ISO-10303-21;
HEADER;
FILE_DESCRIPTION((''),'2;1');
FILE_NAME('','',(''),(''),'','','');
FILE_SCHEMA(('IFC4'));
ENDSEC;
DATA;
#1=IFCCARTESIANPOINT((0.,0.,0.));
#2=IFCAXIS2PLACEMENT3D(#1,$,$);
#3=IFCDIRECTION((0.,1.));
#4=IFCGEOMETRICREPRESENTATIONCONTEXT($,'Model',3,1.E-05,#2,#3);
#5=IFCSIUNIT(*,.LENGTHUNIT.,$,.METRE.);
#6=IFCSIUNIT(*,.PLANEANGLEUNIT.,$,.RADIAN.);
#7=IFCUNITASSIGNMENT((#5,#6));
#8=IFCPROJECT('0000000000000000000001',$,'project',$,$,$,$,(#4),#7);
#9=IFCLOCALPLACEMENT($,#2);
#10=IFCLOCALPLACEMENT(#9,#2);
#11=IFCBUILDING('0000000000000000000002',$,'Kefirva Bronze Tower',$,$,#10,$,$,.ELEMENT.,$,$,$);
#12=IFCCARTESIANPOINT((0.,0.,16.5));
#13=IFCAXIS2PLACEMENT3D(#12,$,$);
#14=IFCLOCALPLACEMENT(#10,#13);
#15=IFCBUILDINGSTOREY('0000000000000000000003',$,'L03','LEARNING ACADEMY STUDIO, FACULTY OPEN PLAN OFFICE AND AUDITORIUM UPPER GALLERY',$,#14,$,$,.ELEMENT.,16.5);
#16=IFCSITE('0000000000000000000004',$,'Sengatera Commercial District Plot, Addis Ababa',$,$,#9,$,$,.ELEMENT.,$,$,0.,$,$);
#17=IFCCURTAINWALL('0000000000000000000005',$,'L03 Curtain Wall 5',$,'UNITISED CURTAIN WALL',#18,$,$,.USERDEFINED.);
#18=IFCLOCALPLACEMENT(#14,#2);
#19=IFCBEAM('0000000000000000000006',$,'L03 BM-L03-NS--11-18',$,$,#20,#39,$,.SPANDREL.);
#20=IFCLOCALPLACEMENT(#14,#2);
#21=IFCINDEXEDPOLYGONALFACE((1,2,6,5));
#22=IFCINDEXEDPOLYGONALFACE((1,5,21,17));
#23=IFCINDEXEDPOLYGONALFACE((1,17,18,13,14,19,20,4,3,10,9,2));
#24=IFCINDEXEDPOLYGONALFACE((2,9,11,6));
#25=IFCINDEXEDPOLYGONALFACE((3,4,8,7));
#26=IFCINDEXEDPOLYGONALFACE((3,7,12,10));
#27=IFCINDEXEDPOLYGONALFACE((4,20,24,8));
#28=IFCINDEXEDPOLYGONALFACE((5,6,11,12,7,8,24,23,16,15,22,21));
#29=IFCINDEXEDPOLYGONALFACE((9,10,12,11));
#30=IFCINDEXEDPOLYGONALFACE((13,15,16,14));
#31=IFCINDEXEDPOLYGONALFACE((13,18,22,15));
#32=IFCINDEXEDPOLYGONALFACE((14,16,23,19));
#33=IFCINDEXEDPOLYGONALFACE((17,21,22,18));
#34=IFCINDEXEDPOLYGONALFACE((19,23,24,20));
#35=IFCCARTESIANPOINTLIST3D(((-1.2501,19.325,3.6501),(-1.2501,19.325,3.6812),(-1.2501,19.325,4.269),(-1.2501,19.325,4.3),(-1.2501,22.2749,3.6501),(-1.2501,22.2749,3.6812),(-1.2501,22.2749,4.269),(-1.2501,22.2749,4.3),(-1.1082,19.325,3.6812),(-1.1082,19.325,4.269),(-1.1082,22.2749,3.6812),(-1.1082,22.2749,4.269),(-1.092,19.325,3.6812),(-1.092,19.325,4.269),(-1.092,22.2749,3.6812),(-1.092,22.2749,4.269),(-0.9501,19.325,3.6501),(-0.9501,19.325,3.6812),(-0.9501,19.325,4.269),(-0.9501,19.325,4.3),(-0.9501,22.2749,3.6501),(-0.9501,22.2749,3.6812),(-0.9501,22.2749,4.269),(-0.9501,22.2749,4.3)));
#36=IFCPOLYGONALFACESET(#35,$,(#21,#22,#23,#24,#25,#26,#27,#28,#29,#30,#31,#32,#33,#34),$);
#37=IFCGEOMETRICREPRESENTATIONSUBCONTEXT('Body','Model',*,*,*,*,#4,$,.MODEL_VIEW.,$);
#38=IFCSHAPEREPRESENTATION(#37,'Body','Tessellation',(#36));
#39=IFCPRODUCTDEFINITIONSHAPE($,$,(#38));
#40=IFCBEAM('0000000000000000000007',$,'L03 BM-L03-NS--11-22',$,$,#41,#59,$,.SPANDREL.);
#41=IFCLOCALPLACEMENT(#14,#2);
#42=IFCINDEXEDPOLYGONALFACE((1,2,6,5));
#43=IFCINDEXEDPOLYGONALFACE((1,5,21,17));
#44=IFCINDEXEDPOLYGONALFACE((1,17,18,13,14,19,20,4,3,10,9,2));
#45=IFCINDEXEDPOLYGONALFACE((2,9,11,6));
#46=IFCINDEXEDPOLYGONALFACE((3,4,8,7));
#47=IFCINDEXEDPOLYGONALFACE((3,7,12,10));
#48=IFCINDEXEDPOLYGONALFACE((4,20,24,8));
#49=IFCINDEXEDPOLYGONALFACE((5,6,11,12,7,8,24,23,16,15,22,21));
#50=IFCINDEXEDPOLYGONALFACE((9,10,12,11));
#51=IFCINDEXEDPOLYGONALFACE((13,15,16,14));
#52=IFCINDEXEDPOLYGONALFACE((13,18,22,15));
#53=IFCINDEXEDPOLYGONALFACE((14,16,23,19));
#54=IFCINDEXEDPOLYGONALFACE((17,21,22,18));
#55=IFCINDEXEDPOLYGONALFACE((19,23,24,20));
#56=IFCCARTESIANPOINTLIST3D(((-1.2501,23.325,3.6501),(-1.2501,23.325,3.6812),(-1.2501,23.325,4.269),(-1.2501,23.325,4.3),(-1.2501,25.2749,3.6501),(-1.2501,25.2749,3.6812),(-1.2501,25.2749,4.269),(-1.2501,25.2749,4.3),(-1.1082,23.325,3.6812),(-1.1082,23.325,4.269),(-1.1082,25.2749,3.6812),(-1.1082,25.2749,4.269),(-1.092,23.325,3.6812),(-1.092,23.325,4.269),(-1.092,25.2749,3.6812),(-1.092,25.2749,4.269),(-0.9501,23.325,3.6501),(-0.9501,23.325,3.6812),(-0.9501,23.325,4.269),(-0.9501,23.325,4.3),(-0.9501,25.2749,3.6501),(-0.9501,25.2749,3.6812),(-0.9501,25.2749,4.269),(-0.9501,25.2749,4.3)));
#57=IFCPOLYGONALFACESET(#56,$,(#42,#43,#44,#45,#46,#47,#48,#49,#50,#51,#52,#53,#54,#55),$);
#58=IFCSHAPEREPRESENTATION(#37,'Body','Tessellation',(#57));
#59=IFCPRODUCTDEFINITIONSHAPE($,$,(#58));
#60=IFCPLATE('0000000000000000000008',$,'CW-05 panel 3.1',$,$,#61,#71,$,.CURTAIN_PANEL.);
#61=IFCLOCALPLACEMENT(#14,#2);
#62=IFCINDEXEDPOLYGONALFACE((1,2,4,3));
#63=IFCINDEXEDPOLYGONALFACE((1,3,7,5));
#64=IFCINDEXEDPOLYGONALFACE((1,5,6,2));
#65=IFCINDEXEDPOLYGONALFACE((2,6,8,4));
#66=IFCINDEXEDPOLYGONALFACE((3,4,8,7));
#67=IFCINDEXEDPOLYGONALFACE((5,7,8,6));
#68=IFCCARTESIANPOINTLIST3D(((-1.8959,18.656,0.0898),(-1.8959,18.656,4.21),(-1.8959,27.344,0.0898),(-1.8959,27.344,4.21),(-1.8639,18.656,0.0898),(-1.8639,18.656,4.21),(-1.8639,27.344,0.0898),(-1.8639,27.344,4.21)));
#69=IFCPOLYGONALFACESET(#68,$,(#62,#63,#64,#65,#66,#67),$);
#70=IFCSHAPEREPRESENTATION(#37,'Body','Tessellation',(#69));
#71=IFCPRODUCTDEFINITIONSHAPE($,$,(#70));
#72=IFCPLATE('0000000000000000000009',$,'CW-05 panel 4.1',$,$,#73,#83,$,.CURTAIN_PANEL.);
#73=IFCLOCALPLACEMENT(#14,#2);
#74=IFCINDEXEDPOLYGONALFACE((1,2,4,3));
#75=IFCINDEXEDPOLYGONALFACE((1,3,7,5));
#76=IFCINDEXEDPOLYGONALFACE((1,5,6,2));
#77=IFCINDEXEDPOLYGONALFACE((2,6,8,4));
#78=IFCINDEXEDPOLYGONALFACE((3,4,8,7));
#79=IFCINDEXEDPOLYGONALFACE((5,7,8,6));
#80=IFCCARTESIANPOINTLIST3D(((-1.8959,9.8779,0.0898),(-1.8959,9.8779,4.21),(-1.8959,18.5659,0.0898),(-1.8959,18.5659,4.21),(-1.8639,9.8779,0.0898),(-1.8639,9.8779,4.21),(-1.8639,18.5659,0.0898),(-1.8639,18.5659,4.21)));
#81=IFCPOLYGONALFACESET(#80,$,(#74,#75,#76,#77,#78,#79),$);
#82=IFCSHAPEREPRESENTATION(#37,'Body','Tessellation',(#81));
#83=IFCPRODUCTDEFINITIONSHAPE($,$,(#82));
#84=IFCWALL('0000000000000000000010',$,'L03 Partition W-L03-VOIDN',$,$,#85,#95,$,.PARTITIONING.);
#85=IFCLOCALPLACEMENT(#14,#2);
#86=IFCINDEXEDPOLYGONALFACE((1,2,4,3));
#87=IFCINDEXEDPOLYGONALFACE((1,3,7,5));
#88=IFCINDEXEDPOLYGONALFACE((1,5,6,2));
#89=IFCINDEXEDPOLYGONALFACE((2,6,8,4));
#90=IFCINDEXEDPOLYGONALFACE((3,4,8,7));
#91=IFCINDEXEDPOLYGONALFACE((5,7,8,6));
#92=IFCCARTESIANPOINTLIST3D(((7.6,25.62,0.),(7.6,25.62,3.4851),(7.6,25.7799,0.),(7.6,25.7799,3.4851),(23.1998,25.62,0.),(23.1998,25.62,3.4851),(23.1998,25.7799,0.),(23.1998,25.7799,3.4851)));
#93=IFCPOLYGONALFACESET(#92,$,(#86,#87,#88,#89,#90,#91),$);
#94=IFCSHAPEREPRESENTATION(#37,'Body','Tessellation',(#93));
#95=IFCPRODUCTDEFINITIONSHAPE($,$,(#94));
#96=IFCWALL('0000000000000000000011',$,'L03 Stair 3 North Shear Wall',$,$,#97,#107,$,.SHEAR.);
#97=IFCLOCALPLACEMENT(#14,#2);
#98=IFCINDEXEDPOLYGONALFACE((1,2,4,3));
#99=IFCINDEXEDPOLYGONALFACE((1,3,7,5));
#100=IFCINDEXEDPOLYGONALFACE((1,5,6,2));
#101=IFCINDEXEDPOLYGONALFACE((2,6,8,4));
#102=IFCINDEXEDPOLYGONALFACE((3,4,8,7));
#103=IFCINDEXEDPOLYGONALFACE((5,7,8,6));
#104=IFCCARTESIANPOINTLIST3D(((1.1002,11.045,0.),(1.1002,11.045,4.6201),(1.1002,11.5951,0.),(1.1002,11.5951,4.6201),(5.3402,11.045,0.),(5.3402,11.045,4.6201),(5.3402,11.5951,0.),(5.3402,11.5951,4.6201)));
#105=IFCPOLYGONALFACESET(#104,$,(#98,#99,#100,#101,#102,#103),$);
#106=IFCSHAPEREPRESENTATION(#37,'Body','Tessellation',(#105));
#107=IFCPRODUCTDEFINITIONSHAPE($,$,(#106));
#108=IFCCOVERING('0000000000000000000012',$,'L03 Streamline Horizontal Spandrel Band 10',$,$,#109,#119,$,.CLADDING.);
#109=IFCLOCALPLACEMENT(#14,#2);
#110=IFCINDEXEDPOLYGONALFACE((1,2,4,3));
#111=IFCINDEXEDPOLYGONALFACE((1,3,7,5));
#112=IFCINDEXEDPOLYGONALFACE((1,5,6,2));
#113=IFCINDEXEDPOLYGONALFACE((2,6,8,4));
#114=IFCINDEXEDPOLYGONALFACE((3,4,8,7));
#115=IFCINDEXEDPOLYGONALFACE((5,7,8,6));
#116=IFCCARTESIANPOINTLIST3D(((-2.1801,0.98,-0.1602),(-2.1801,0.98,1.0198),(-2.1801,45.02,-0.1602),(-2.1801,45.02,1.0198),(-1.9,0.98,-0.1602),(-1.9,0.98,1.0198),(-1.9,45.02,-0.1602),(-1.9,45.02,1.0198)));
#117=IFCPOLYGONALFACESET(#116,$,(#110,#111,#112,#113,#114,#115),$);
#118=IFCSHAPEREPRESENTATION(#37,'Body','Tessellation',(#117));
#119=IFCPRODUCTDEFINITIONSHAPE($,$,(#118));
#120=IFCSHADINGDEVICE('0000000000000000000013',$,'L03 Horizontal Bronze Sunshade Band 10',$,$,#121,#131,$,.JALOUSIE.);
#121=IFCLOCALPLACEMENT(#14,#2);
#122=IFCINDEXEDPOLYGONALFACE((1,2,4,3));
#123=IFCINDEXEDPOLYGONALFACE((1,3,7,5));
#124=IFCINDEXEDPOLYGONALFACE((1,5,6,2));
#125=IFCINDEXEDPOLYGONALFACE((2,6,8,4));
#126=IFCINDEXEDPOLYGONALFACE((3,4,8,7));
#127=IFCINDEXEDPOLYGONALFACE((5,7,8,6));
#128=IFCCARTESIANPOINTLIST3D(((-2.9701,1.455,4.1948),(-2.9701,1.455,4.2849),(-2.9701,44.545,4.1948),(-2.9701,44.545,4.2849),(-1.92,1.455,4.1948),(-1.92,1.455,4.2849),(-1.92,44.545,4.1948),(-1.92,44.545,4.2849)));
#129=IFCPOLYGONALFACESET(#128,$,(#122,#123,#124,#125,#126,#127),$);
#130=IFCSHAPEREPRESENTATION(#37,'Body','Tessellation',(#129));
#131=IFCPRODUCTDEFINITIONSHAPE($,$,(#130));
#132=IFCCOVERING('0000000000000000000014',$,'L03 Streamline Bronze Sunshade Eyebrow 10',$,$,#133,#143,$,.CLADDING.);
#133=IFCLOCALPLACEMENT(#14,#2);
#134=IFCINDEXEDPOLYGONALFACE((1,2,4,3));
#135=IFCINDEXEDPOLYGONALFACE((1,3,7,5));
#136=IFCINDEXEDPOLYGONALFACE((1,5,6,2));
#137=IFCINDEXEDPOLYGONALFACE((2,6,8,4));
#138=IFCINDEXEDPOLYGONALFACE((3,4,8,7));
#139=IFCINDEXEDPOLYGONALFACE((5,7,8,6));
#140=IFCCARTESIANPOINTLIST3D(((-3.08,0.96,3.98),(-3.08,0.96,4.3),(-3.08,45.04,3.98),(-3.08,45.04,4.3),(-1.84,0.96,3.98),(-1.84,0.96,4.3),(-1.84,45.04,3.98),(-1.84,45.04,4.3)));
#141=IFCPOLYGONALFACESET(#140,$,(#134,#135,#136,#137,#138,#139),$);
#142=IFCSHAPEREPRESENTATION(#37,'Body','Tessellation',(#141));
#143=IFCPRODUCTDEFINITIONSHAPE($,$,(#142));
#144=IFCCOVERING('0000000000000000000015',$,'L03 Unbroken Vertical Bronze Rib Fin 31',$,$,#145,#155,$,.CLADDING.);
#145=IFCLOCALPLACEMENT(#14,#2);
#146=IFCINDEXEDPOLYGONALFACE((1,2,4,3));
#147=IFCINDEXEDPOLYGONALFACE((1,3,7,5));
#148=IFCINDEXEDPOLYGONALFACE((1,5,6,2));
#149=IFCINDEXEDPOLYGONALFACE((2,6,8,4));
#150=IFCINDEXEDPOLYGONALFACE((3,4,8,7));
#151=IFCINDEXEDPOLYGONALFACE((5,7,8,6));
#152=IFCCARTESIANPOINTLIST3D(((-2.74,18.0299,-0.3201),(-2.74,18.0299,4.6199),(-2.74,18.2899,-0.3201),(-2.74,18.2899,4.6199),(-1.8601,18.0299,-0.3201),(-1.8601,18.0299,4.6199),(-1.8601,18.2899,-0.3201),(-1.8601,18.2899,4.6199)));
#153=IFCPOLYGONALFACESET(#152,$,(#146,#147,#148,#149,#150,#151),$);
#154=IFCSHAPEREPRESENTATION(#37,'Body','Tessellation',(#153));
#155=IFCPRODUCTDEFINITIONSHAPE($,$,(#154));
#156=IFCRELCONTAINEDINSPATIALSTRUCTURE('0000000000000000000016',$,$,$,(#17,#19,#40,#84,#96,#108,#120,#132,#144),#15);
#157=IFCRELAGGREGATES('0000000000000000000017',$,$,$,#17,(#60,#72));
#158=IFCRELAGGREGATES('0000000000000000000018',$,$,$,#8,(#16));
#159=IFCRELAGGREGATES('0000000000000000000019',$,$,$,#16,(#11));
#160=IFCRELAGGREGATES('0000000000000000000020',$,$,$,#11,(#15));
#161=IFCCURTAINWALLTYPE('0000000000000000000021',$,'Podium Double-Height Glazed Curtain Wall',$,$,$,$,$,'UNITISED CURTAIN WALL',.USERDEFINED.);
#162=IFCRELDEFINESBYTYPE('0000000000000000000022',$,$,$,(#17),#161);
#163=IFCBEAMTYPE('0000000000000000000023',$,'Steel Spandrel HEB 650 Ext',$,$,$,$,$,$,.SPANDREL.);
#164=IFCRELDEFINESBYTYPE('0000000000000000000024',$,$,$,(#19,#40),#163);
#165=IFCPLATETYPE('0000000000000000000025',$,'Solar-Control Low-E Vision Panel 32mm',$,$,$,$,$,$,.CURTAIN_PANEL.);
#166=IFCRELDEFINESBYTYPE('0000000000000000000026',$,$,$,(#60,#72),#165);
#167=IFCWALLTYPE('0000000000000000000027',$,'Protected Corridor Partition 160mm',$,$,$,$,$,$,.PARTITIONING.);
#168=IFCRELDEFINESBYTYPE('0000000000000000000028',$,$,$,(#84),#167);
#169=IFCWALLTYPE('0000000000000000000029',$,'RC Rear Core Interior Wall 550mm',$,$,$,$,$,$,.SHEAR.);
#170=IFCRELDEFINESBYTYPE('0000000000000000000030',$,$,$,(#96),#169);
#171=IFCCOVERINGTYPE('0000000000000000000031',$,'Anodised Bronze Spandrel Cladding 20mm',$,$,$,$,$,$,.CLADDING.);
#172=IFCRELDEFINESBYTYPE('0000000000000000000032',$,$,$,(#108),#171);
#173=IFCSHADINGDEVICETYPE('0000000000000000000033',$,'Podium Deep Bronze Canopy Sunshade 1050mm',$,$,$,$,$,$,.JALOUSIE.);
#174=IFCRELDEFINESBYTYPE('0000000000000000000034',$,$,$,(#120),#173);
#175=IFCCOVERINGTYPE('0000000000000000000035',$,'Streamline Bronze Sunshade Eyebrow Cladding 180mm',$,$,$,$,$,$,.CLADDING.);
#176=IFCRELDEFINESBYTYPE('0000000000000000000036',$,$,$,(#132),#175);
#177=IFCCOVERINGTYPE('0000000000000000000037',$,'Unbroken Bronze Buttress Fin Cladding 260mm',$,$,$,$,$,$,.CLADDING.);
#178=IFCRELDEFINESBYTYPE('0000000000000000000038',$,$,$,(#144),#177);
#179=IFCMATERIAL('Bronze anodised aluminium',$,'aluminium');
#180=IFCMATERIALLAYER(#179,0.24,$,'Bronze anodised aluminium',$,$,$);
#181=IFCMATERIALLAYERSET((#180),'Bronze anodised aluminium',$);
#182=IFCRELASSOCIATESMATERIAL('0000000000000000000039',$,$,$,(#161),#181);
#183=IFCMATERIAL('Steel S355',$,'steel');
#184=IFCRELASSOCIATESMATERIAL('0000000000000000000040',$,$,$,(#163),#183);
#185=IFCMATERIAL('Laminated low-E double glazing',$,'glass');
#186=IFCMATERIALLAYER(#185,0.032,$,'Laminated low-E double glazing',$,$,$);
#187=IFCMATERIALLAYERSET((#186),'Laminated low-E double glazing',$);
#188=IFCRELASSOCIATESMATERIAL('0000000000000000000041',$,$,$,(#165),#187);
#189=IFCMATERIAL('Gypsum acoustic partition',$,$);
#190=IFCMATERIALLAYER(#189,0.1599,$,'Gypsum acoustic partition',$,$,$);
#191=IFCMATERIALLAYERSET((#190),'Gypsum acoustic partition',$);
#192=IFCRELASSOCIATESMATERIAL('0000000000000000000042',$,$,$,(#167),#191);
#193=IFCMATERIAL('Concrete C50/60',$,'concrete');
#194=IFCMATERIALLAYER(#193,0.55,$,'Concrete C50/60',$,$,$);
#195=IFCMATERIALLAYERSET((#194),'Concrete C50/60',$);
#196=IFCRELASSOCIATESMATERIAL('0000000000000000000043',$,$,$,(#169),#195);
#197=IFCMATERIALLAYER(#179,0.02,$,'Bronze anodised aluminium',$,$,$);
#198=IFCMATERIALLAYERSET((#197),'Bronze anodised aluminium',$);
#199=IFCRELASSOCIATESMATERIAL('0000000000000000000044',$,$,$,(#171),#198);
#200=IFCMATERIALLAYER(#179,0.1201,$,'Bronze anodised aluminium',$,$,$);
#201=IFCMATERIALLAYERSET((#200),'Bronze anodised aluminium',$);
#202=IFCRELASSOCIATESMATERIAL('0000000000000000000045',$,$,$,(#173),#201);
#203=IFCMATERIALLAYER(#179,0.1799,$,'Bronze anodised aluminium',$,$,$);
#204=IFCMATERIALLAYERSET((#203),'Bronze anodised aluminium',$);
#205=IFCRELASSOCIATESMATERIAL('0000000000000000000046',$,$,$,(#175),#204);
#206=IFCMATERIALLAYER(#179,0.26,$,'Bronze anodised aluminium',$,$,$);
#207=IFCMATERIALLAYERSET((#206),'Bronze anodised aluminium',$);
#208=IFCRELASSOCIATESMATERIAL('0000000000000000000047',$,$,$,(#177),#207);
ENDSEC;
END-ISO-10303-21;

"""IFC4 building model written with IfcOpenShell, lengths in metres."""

from ifc_helpers import new_model, si_unit, direction, frame, frame_2d, origin, origin_2d, place, context, subcontext, project, spatial, rectangle, i_section, extrude, material, layer, layer_set, material_profile, profile_set, type_object, element, aggregate, save


model = new_model("IFC4")

# Units and contexts
model_context = context("Model", 3, precision=1e-05, world=origin(), true_north=direction((0.0, 1.0)))
body_context = subcontext(model_context, "Body", "Model", "MODEL_VIEW")
ifc_project = project(units=[si_unit("LENGTHUNIT", "METRE"), si_unit("PLANEANGLEUNIT", "RADIAN")], contexts=[model_context])

# Site, building, storey
site_placement = place(None, origin())
site = spatial("IfcSite", under=ifc_project, at=site_placement, Name="Sengatera Commercial District Plot, Addis Ababa", CompositionType="ELEMENT", RefElevation=0.0)
building_placement = place(site_placement, origin())
building = spatial("IfcBuilding", under=site, at=building_placement, Name="Kefirva Bronze Tower", CompositionType="ELEMENT")
storey_placement = place(building_placement, frame((0.0, 0.0, 16.5)))
storey = spatial("IfcBuildingStorey", under=building, at=storey_placement, Name="L03", Description="LEARNING ACADEMY STUDIO, FACULTY OPEN PLAN OFFICE AND AUDITORIUM UPPER GALLERY", CompositionType="ELEMENT", Elevation=16.5)

# Curtain wall
ifc_material_1 = material(Name="Bronze anodised aluminium", Category="aluminium")
ifc_layer_1 = layer(ifc_material_1, 0.24, Name="Bronze anodised aluminium")
ifc_layer_set_1 = layer_set([ifc_layer_1], Name="Bronze anodised aluminium")
curtain_wall_type = type_object("IfcCurtainWallType", Name="Podium Double-Height Glazed Curtain Wall", ElementType="UNITISED CURTAIN WALL", PredefinedType="USERDEFINED", material=ifc_layer_set_1)
curtain_wall_placement = place(storey_placement, origin())
curtain_wall = element("IfcCurtainWall", 1, at=curtain_wall_placement, inside=storey, type_object=curtain_wall_type, Name="L03 Curtain Wall 5", ObjectType="UNITISED CURTAIN WALL", PredefinedType="USERDEFINED")

# Beams
ifc_material_2 = material(Name="Steel S355", Category="steel")
ifc_material_profile_1 = material_profile(ifc_material_2, i_section(OverallWidth=0.3, OverallDepth=0.6499, WebThickness=0.0161, FlangeThickness=0.031, at=origin_2d()), Name="HEB 650")
ifc_profile_set_1 = profile_set([ifc_material_profile_1], Name="Steel S355")
beam_type_1 = type_object("IfcBeamType", Name="Steel Spandrel HEB 650 Ext", PredefinedType="SPANDREL", material=ifc_profile_set_1)
beam_1_placement = place(storey_placement, frame((-1.1001, 19.325, 3.9751), z_axis=(0.0, 1.0, 0.0), x_axis=(-1.0, 0.0, 0.0)))
element("IfcBeam", 2, at=beam_1_placement, inside=storey, type_object=beam_type_1, Name="L03 BM-L03-NS--11-18", PredefinedType="SPANDREL", context=body_context, shape_type="SweptSolid", body=[
    extrude(i_section(OverallWidth=0.3, OverallDepth=0.6499, WebThickness=0.0161, FlangeThickness=0.031, at=origin_2d()), origin(), (0.0, 0.0, 1.0), 2.95),
])
beam_2_placement = place(storey_placement, frame((-1.1001, 23.325, 3.9751), z_axis=(0.0, 1.0, 0.0), x_axis=(-1.0, 0.0, 0.0)))
element("IfcBeam", 3, at=beam_2_placement, inside=storey, type_object=beam_type_1, Name="L03 BM-L03-NS--11-22", PredefinedType="SPANDREL", context=body_context, shape_type="SweptSolid", body=[
    extrude(i_section(OverallWidth=0.3, OverallDepth=0.6499, WebThickness=0.0161, FlangeThickness=0.031, at=origin_2d()), origin(), (0.0, 0.0, 1.0), 1.95),
])

# Plates
ifc_material_3 = material(Name="Laminated low-E double glazing", Category="glass")
ifc_layer_2 = layer(ifc_material_3, 0.032, Name="Laminated low-E double glazing")
ifc_layer_set_2 = layer_set([ifc_layer_2], Name="Laminated low-E double glazing")
plate_type = type_object("IfcPlateType", Name="Solar-Control Low-E Vision Panel 32mm", PredefinedType="CURTAIN_PANEL", material=ifc_layer_set_2)
plate_1_placement = place(storey_placement, frame((-1.8799, 23.0, 0.0898), z_axis=(0.0, 0.0, 1.0), x_axis=(0.0, -1.0, 0.0)))
plate_1 = element("IfcPlate", 4, at=plate_1_placement, type_object=plate_type, Name="CW-05 panel 3.1", PredefinedType="CURTAIN_PANEL", context=body_context, shape_type="SweptSolid", body=[
    extrude(rectangle(XDim=8.688, YDim=0.032, at=origin_2d()), origin(), (0.0, 0.0, 1.0), 4.1201),
])
plate_2_placement = place(storey_placement, frame((-1.8799, 14.2219, 0.0898), z_axis=(0.0, 0.0, 1.0), x_axis=(0.0, -1.0, 0.0)))
plate_2 = element("IfcPlate", 5, at=plate_2_placement, type_object=plate_type, Name="CW-05 panel 4.1", PredefinedType="CURTAIN_PANEL", context=body_context, shape_type="SweptSolid", body=[
    extrude(rectangle(XDim=8.688, YDim=0.032, at=origin_2d()), origin(), (0.0, 0.0, 1.0), 4.1201),
])
aggregate(curtain_wall, [plate_1, plate_2])

# Walls
ifc_material_4 = material(Name="Gypsum acoustic partition")
ifc_layer_3 = layer(ifc_material_4, 0.1599, Name="Gypsum acoustic partition")
ifc_layer_set_3 = layer_set([ifc_layer_3], Name="Gypsum acoustic partition")
wall_type_1 = type_object("IfcWallType", Name="Protected Corridor Partition 160mm", PredefinedType="PARTITIONING", material=ifc_layer_set_3)
wall_1_placement = place(storey_placement, frame((7.6001, 25.7, 0.0), z_axis=(0.0, 0.0, 1.0), x_axis=(1.0, 0.0, 0.0)))
element("IfcWall", 6, at=wall_1_placement, inside=storey, type_object=wall_type_1, Name="L03 Partition W-L03-VOIDN", PredefinedType="PARTITIONING", context=body_context, shape_type="SweptSolid", body=[
    extrude(rectangle(XDim=15.5999, YDim=0.1599, at=frame_2d((7.7998, 0.0))), origin(), (0.0, 0.0, 1.0), 3.4851),
])
ifc_material_5 = material(Name="Concrete C50/60", Category="concrete")
ifc_layer_4 = layer(ifc_material_5, 0.55, Name="Concrete C50/60")
ifc_layer_set_4 = layer_set([ifc_layer_4], Name="Concrete C50/60")
wall_type_2 = type_object("IfcWallType", Name="RC Rear Core Interior Wall 550mm", PredefinedType="SHEAR", material=ifc_layer_set_4)
wall_2_placement = place(storey_placement, frame((1.1001, 11.3201, 0.0), z_axis=(0.0, 0.0, 1.0), x_axis=(1.0, 0.0, 0.0)))
element("IfcWall", 7, at=wall_2_placement, inside=storey, type_object=wall_type_2, Name="L03 Stair 3 North Shear Wall", PredefinedType="SHEAR", context=body_context, shape_type="SweptSolid", body=[
    extrude(rectangle(XDim=4.24, YDim=0.55, at=frame_2d((2.1201, 0.0))), origin(), (0.0, 0.0, 1.0), 4.6201),
])

# Covering
ifc_layer_5 = layer(ifc_material_1, 0.02, Name="Bronze anodised aluminium")
ifc_layer_set_5 = layer_set([ifc_layer_5], Name="Bronze anodised aluminium")
covering_type_1 = type_object("IfcCoveringType", Name="Anodised Bronze Spandrel Cladding 20mm", PredefinedType="CLADDING", material=ifc_layer_set_5)
covering_1_placement = place(storey_placement, frame((-2.04, 23.0, -0.1602), z_axis=(0.0, 0.0, 1.0), x_axis=(0.0, -1.0, 0.0)))
element("IfcCovering", 8, at=covering_1_placement, inside=storey, type_object=covering_type_1, Name="L03 Streamline Horizontal Spandrel Band 10", PredefinedType="CLADDING", context=body_context, shape_type="SweptSolid", body=[
    extrude(rectangle(XDim=44.04, YDim=0.28, at=origin_2d()), origin(), (0.0, 0.0, 1.0), 1.1799),
])

# Shading device
ifc_layer_6 = layer(ifc_material_1, 0.1201, Name="Bronze anodised aluminium")
ifc_layer_set_6 = layer_set([ifc_layer_6], Name="Bronze anodised aluminium")
shading_device_type = type_object("IfcShadingDeviceType", Name="Podium Deep Bronze Canopy Sunshade 1050mm", PredefinedType="JALOUSIE", material=ifc_layer_set_6)
shading_device_placement = place(storey_placement, frame((-2.4451, 23.0, 4.1948), z_axis=(0.0, 0.0, 1.0), x_axis=(0.0, -1.0, 0.0)))
element("IfcShadingDevice", 9, at=shading_device_placement, inside=storey, type_object=shading_device_type, Name="L03 Horizontal Bronze Sunshade Band 10", PredefinedType="JALOUSIE", context=body_context, shape_type="SweptSolid", body=[
    extrude(rectangle(XDim=43.0901, YDim=1.05, at=origin_2d()), origin(), (0.0, 0.0, 1.0), 0.0901),
])

# Coverings
ifc_layer_7 = layer(ifc_material_1, 0.1799, Name="Bronze anodised aluminium")
ifc_layer_set_7 = layer_set([ifc_layer_7], Name="Bronze anodised aluminium")
covering_type_2 = type_object("IfcCoveringType", Name="Streamline Bronze Sunshade Eyebrow Cladding 180mm", PredefinedType="CLADDING", material=ifc_layer_set_7)
covering_2_placement = place(storey_placement, frame((-2.46, 23.0, 3.98), z_axis=(0.0, 0.0, 1.0), x_axis=(0.0, -1.0, 0.0)))
element("IfcCovering", 10, at=covering_2_placement, inside=storey, type_object=covering_type_2, Name="L03 Streamline Bronze Sunshade Eyebrow 10", PredefinedType="CLADDING", context=body_context, shape_type="SweptSolid", body=[
    extrude(rectangle(XDim=44.0801, YDim=1.24, at=origin_2d()), origin(), (0.0, 0.0, 1.0), 0.3201),
])
ifc_layer_8 = layer(ifc_material_1, 0.26, Name="Bronze anodised aluminium")
ifc_layer_set_8 = layer_set([ifc_layer_8], Name="Bronze anodised aluminium")
covering_type_3 = type_object("IfcCoveringType", Name="Unbroken Bronze Buttress Fin Cladding 260mm", PredefinedType="CLADDING", material=ifc_layer_set_8)
covering_3_placement = place(storey_placement, frame((-2.3, 18.1599, -0.3201), z_axis=(0.0, 0.0, 1.0), x_axis=(0.0, -1.0, 0.0)))
element("IfcCovering", 11, at=covering_3_placement, inside=storey, type_object=covering_type_3, Name="L03 Unbroken Vertical Bronze Rib Fin 31", PredefinedType="CLADDING", context=body_context, shape_type="SweptSolid", body=[
    extrude(rectangle(XDim=0.26, YDim=0.8799, at=origin_2d()), origin(), (0.0, 0.0, 1.0), 4.9399),
])

save(model, "model.ifc")
